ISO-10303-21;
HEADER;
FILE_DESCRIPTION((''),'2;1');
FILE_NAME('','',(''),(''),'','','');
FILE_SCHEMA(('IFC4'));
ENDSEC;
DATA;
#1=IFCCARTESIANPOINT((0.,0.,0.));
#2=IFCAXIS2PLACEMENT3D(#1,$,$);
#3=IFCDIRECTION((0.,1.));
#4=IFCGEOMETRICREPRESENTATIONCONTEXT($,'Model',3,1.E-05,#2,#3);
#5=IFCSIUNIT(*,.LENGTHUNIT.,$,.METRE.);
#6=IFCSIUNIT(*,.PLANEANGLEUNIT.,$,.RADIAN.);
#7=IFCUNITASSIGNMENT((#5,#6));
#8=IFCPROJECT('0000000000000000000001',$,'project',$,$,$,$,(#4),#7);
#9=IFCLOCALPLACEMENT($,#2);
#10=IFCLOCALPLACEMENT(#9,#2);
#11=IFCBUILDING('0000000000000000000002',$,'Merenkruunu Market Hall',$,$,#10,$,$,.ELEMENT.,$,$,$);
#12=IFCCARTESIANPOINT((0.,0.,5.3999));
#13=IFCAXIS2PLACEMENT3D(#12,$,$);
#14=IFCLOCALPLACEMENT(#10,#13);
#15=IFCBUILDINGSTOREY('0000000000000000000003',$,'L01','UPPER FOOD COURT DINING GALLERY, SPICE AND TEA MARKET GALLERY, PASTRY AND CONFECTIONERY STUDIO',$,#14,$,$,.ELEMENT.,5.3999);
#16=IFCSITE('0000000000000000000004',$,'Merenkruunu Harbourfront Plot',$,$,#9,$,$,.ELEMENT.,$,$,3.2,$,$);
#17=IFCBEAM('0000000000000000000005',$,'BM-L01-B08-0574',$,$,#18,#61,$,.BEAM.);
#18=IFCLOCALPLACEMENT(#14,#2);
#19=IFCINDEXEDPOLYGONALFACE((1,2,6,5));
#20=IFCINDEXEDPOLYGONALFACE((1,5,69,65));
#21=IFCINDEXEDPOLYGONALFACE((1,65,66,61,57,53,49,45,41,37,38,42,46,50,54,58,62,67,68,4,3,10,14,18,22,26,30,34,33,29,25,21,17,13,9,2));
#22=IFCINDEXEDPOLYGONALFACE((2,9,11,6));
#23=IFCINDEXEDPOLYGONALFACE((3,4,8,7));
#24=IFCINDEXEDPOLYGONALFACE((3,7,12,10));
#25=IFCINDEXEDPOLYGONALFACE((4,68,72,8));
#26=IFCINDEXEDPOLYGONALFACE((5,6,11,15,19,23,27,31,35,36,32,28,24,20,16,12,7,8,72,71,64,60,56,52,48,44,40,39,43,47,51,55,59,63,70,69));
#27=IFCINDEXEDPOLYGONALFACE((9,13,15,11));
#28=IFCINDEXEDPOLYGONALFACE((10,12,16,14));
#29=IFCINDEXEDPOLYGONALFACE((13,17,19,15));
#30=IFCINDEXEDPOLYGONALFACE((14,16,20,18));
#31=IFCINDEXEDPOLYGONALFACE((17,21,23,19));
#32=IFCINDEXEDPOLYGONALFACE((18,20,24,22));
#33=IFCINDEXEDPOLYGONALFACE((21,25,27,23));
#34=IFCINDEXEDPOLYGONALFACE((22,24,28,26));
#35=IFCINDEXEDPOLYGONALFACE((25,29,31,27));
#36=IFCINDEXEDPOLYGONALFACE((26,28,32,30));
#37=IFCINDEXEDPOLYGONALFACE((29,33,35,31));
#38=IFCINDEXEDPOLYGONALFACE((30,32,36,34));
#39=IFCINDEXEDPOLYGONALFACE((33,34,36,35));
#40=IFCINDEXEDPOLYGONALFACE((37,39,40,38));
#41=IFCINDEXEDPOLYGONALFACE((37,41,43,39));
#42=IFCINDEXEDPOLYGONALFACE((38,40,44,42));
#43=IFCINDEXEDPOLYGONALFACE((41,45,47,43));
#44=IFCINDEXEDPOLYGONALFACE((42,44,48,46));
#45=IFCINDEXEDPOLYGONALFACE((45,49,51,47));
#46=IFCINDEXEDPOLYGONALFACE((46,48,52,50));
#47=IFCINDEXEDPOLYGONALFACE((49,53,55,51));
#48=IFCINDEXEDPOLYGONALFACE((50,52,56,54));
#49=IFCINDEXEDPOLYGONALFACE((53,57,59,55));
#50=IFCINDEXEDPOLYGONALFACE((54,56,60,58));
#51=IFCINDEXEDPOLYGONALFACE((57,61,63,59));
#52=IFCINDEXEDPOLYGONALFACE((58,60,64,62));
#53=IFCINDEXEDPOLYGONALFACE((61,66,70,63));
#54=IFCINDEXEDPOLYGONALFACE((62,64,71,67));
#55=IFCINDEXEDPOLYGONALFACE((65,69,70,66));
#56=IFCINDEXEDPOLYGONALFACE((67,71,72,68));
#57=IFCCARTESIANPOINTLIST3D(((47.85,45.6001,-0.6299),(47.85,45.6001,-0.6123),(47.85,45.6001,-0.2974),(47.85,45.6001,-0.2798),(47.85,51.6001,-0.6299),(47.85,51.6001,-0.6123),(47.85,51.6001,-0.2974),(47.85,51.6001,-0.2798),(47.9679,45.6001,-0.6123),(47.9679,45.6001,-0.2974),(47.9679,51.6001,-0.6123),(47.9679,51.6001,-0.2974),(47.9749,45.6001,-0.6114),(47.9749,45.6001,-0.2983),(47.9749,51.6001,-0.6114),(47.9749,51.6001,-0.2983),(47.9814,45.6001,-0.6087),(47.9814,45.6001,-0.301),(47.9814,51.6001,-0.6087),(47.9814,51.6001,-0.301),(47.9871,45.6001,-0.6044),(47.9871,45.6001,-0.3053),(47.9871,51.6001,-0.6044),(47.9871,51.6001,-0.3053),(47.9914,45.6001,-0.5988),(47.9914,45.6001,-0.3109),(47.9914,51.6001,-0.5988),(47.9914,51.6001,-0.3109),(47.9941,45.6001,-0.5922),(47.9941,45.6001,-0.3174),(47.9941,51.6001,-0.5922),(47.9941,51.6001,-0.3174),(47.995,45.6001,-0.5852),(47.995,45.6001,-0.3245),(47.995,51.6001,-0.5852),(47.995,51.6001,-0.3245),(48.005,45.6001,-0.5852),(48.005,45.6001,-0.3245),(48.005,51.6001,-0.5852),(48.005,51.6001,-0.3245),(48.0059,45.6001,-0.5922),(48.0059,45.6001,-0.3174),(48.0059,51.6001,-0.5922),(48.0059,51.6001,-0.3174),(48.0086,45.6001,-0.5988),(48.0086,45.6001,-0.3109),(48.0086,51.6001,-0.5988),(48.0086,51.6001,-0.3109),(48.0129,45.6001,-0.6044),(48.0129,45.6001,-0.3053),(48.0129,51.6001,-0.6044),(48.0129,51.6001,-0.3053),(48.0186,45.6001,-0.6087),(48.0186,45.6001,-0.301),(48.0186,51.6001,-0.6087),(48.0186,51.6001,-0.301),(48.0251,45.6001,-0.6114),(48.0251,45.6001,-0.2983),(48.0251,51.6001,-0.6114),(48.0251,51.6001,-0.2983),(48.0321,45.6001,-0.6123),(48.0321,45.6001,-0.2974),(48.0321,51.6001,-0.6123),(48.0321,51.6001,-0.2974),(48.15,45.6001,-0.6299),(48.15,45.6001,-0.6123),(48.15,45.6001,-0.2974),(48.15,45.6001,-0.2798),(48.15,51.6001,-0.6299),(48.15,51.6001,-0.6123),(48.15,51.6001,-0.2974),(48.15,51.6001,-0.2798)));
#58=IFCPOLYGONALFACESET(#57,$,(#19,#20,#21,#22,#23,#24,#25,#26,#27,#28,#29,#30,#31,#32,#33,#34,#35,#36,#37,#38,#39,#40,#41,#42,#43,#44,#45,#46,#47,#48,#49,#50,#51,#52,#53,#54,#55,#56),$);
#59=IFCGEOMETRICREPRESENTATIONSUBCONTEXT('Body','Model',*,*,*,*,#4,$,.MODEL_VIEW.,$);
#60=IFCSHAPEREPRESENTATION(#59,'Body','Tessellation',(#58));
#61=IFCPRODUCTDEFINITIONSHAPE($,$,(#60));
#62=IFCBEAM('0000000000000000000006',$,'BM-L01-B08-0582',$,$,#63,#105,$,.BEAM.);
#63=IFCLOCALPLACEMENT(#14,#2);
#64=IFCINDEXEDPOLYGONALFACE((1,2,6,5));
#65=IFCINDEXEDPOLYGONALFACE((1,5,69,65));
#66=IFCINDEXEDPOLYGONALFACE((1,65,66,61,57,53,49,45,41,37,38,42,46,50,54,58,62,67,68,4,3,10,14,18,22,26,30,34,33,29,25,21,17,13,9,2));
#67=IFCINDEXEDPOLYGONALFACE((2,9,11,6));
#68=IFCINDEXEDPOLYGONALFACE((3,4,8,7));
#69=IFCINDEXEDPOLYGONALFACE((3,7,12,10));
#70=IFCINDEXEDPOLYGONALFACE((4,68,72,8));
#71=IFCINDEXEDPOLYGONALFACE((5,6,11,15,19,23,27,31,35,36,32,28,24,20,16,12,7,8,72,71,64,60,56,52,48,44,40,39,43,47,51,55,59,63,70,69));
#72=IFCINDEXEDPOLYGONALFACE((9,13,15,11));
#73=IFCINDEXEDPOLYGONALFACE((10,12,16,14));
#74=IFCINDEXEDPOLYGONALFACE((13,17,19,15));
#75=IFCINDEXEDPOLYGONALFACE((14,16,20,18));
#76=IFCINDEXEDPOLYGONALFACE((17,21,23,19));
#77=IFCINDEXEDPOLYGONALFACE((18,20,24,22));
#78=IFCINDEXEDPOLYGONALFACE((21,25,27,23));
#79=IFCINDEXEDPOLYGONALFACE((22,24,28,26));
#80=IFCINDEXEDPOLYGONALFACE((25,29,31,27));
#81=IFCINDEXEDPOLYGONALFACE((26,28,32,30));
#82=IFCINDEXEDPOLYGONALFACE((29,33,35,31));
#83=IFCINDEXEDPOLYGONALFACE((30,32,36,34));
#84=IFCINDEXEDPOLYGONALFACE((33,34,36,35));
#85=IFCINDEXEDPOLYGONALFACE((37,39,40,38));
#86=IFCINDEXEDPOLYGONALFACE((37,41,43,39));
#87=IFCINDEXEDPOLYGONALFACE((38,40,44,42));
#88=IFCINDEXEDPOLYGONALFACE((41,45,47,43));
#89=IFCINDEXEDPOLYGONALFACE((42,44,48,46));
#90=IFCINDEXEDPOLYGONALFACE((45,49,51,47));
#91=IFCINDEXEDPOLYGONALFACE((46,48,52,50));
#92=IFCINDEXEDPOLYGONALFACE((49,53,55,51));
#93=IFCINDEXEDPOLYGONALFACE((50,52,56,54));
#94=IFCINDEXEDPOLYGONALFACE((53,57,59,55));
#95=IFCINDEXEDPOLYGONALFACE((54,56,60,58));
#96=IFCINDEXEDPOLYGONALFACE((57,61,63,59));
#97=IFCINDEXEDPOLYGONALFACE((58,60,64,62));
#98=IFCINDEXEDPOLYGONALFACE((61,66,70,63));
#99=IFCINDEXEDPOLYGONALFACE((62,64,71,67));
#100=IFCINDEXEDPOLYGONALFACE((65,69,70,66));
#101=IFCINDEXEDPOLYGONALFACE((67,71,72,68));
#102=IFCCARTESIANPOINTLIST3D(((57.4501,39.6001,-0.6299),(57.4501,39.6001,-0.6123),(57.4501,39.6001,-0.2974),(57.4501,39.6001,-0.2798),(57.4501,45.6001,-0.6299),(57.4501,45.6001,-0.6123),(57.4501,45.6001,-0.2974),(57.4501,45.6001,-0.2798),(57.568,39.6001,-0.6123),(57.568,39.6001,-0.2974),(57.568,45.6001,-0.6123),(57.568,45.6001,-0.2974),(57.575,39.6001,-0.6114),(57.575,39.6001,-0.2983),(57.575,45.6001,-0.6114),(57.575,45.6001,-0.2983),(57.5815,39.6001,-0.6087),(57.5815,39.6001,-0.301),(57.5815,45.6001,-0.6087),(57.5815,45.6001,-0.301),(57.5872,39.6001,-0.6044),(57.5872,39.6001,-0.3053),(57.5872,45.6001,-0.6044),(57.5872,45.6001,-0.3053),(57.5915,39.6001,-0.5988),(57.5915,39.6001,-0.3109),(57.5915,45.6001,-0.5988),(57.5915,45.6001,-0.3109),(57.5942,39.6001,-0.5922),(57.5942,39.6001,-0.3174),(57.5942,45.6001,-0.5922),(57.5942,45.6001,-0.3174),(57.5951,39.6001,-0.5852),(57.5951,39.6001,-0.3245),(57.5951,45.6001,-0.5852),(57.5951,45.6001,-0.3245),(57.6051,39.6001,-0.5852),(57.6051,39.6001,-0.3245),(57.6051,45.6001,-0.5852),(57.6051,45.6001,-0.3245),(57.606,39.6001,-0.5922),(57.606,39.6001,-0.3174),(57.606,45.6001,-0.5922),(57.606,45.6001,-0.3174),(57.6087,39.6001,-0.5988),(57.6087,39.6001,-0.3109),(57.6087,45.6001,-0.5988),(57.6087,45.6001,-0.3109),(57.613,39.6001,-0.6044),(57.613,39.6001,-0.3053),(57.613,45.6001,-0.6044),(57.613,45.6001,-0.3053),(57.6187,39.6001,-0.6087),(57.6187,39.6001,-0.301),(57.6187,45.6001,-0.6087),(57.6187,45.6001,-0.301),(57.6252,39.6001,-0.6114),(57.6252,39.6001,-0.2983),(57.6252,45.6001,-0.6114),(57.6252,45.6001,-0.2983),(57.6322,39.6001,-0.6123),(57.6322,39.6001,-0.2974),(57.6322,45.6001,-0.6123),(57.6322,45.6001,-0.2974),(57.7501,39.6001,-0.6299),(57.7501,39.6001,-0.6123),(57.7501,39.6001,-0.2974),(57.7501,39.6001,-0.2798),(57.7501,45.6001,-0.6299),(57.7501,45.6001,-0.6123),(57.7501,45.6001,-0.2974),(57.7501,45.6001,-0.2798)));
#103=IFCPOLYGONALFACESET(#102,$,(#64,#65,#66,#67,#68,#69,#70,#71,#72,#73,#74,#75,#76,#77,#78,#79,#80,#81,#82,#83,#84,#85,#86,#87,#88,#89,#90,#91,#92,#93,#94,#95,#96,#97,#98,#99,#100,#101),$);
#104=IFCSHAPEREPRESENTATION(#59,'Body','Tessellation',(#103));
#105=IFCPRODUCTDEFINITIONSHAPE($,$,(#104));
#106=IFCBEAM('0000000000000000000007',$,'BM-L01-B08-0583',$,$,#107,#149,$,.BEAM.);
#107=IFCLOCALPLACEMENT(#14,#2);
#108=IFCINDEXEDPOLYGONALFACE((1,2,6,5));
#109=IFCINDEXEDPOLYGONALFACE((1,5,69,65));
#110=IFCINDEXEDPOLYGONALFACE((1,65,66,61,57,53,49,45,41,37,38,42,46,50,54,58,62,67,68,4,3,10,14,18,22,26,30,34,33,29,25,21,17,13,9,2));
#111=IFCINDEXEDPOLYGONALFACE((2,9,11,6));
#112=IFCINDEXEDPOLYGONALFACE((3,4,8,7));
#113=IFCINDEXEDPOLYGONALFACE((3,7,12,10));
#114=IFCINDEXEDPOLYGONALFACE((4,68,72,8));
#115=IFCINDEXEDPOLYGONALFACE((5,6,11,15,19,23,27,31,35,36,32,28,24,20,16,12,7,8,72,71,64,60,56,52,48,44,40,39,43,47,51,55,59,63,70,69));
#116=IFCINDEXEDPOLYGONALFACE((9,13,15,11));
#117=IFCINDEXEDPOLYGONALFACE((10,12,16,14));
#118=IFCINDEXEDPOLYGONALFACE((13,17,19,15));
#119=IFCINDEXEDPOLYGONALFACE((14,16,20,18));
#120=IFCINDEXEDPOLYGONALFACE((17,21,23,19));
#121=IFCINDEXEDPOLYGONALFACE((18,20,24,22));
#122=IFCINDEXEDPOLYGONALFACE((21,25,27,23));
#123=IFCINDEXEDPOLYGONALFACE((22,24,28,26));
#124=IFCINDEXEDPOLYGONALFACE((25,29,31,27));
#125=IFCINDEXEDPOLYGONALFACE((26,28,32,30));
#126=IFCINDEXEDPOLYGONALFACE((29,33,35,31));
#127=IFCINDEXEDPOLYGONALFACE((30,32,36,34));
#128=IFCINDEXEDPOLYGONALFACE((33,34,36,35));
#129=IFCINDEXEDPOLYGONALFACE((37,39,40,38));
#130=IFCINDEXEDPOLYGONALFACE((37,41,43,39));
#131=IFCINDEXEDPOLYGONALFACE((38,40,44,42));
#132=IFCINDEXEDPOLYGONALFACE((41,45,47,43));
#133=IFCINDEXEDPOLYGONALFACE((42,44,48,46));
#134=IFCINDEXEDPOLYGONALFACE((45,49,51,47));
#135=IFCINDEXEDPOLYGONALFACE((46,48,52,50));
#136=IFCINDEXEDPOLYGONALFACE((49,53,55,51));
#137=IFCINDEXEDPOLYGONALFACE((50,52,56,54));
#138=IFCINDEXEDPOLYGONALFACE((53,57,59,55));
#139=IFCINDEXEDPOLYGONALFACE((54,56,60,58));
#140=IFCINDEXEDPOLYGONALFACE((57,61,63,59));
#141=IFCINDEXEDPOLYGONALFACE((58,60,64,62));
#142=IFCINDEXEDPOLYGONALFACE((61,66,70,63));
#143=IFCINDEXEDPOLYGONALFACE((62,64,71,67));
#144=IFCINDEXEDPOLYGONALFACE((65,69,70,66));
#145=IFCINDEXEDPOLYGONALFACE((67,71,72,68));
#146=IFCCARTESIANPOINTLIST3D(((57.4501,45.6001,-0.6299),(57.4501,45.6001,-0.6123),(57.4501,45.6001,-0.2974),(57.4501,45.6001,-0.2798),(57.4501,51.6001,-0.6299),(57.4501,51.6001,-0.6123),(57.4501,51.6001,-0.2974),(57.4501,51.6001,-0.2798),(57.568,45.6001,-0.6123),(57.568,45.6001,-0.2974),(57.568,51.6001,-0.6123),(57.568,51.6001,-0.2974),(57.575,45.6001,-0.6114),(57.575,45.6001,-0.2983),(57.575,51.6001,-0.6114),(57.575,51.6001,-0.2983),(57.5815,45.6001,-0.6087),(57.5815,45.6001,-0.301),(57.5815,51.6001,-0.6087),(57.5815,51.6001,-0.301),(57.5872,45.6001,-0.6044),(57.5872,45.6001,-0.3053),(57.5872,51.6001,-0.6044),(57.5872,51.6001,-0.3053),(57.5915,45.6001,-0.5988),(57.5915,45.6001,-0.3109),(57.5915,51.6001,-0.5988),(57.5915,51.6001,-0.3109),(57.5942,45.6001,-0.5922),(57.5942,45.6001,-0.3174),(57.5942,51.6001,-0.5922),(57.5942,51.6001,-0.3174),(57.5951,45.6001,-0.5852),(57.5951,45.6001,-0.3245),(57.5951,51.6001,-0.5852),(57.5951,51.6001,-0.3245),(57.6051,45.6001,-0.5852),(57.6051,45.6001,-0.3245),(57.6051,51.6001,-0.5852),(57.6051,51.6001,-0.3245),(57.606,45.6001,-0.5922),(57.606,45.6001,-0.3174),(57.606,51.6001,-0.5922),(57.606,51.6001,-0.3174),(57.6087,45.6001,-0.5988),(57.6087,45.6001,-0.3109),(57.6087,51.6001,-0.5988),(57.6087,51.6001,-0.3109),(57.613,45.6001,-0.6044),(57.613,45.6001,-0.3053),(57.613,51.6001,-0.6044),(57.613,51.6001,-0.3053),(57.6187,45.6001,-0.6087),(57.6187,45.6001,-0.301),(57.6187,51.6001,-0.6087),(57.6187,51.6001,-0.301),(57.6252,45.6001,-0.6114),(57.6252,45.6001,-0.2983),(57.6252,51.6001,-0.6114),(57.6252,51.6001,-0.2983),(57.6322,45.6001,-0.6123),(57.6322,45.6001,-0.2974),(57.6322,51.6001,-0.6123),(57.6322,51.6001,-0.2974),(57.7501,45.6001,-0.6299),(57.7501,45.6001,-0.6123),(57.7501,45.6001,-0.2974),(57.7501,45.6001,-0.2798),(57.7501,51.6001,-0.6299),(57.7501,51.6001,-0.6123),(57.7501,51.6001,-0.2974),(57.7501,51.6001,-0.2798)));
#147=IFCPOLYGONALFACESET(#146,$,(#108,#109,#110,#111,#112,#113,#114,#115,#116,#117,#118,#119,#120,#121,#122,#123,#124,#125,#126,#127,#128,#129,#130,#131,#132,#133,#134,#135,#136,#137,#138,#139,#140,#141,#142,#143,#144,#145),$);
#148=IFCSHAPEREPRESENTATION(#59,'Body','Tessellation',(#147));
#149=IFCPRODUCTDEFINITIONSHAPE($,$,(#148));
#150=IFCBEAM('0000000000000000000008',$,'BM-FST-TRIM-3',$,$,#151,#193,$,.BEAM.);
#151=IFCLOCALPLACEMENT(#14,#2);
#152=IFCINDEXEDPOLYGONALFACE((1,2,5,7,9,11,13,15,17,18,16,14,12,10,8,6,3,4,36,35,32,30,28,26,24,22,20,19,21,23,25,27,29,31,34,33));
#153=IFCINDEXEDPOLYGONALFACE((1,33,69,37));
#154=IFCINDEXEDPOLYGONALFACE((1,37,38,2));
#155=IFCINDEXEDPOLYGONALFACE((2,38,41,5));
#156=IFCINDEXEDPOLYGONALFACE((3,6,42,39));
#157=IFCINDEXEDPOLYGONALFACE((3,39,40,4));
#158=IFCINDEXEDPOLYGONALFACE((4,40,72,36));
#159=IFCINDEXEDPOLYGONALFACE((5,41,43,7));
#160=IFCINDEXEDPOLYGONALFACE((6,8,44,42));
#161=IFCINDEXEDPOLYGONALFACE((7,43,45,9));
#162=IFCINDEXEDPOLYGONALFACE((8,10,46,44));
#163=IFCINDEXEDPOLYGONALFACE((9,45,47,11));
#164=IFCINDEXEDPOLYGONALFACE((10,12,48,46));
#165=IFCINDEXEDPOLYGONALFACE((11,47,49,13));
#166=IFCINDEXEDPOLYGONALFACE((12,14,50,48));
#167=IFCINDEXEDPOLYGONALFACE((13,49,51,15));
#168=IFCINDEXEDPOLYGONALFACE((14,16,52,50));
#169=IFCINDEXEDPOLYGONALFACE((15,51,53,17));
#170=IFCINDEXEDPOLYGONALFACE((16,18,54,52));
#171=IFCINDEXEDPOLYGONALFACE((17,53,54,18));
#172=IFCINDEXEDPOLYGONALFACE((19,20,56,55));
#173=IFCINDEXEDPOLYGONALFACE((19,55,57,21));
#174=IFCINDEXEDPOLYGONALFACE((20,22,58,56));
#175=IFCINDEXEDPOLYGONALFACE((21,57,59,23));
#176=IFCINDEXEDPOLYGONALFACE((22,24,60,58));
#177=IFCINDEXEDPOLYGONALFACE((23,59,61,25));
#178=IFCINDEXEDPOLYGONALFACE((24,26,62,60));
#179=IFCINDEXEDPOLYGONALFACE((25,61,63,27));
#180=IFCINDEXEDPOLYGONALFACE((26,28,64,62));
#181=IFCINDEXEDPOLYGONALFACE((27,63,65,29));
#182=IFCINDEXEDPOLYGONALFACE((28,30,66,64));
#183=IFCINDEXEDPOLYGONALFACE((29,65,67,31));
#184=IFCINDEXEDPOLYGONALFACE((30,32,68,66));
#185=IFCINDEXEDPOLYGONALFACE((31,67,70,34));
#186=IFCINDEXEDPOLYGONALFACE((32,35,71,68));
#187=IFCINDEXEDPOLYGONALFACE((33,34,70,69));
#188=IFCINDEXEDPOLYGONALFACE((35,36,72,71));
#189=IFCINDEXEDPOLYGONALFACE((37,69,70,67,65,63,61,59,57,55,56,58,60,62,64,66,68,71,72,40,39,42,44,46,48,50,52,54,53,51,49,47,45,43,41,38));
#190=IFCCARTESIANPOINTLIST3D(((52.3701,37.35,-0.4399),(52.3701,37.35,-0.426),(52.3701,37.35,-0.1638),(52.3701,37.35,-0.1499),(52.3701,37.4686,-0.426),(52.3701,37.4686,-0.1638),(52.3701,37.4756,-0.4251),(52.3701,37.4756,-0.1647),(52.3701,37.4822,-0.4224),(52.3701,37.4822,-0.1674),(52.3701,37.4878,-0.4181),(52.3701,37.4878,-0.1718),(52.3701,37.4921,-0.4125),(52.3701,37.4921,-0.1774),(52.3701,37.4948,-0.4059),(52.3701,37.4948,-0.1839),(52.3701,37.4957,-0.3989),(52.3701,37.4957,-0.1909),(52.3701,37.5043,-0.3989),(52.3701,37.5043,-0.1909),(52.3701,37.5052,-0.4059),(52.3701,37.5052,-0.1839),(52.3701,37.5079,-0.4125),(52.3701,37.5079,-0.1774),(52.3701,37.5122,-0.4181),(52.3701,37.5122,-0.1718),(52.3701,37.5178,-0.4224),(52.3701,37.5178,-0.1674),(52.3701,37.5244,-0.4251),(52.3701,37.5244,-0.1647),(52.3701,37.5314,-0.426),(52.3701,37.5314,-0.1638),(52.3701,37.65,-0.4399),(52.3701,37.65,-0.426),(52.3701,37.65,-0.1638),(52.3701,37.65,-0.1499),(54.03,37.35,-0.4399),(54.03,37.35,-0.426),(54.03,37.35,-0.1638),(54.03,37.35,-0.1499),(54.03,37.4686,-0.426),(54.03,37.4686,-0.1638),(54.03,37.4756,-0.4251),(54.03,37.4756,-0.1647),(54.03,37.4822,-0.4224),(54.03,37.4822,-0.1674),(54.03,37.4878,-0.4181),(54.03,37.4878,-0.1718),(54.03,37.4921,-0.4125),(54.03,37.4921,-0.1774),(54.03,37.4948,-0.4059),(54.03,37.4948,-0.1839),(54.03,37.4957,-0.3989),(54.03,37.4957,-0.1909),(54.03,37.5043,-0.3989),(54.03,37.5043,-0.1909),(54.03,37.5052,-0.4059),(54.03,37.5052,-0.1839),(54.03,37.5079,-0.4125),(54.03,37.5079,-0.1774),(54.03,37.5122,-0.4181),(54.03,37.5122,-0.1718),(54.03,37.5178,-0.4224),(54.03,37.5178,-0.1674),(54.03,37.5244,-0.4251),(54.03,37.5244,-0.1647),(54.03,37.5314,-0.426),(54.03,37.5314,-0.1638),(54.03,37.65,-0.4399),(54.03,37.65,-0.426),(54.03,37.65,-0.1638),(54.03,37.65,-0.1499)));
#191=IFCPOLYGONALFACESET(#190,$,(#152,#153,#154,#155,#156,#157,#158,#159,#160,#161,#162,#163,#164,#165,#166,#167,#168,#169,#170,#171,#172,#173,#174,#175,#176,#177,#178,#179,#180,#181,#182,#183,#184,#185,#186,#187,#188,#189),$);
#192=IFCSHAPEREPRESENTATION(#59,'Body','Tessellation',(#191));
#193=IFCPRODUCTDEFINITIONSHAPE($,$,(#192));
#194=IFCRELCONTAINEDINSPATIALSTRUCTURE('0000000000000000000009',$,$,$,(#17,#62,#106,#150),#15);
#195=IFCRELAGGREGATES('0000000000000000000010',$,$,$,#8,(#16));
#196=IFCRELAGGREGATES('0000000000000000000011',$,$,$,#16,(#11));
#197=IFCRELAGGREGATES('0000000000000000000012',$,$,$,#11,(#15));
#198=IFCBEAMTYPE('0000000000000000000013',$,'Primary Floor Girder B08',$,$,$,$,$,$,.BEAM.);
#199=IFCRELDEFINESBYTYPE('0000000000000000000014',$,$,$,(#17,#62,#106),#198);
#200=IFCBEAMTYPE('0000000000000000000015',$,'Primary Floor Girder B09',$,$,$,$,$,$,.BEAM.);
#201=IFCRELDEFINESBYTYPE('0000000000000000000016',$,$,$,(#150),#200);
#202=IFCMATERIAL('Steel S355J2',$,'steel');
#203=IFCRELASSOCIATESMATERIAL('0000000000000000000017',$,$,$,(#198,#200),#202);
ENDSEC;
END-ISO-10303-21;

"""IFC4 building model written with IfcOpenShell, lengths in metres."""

from ifc_helpers import new_model, si_unit, direction, frame, origin, origin_2d, place, context, subcontext, project, spatial, i_section, extrude, material, material_profile, profile_set, type_object, element, save


model = new_model("IFC4")

# Units and contexts
model_context = context("Model", 3, precision=1e-05, world=origin(), true_north=direction((0.0, 1.0)))
body_context = subcontext(model_context, "Body", "Model", "MODEL_VIEW")
ifc_project = project(units=[si_unit("LENGTHUNIT", "METRE"), si_unit("PLANEANGLEUNIT", "RADIAN")], contexts=[model_context])

# Site, building, storey
site_placement = place(None, origin())
site = spatial("IfcSite", under=ifc_project, at=site_placement, Name="Merenkruunu Harbourfront Plot", CompositionType="ELEMENT", RefElevation=3.2)
building_placement = place(site_placement, origin())
building = spatial("IfcBuilding", under=site, at=building_placement, Name="Merenkruunu Market Hall", CompositionType="ELEMENT")
storey_placement = place(building_placement, frame((0.0, 0.0, 5.3999)))
storey = spatial("IfcBuildingStorey", under=building, at=storey_placement, Name="L01", Description="UPPER FOOD COURT DINING GALLERY, SPICE AND TEA MARKET GALLERY, PASTRY AND CONFECTIONERY STUDIO", CompositionType="ELEMENT", Elevation=5.3999)

# Shared definitions
ifc_material_1 = material(Name="Steel S355J2", Category="steel")

# Beams
ifc_material_profile_1 = material_profile(ifc_material_1, i_section(OverallWidth=0.3, OverallDepth=0.3501, WebThickness=0.01, FlangeThickness=0.0176, FilletRadius=0.0271, at=origin_2d()), Name="HEA 360")
ifc_profile_set_1 = profile_set([ifc_material_profile_1], Name="Steel S355J2")
beam_type_1 = type_object("IfcBeamType", Name="Primary Floor Girder B08", PredefinedType="BEAM", material=ifc_profile_set_1)
for number, where, z_axis, x_axis, name in (
    (1, (48.0, 45.6001, -0.4548), (0.0, 1.0, 0.0), (-1.0, 0.0, 0.0), "BM-L01-B08-0574"),
    (2, (57.6001, 39.6001, -0.4548), (0.0, 1.0, 0.0), (-1.0, 0.0, 0.0), "BM-L01-B08-0582"),
    (3, (57.6001, 45.6001, -0.4548), (0.0, 1.0, 0.0), (-1.0, 0.0, 0.0), "BM-L01-B08-0583"),
):
    element("IfcBeam", number, at=place(storey_placement, frame(where, z_axis=z_axis, x_axis=x_axis)), inside=storey, type_object=beam_type_1, Name=name, PredefinedType="BEAM", context=body_context, shape_type="SweptSolid", body=[
        extrude(i_section(OverallWidth=0.3, OverallDepth=0.3501, WebThickness=0.01, FlangeThickness=0.0176, FilletRadius=0.0271, at=origin_2d()), origin(), (0.0, 0.0, 1.0), 6.0),
    ])
ifc_material_profile_2 = material_profile(ifc_material_1, i_section(OverallWidth=0.3, OverallDepth=0.29, WebThickness=0.0085, FlangeThickness=0.0139, FilletRadius=0.0271, at=origin_2d()), Name="HEA 300")
ifc_profile_set_2 = profile_set([ifc_material_profile_2], Name="Steel S355J2")
beam_type_2 = type_object("IfcBeamType", Name="Primary Floor Girder B09", PredefinedType="BEAM", material=ifc_profile_set_2)
beam_1_placement = place(storey_placement, frame((52.3701, 37.5, -0.2949), z_axis=(1.0, 0.0, 0.0), x_axis=(0.0, 1.0, 0.0)))
element("IfcBeam", 4, at=beam_1_placement, inside=storey, type_object=beam_type_2, Name="BM-FST-TRIM-3", PredefinedType="BEAM", context=body_context, shape_type="SweptSolid", body=[
    extrude(i_section(OverallWidth=0.3, OverallDepth=0.29, WebThickness=0.0085, FlangeThickness=0.0139, FilletRadius=0.0271, at=origin_2d()), origin(), (0.0, 0.0, 1.0), 1.6599),
])

save(model, "model.ifc")
